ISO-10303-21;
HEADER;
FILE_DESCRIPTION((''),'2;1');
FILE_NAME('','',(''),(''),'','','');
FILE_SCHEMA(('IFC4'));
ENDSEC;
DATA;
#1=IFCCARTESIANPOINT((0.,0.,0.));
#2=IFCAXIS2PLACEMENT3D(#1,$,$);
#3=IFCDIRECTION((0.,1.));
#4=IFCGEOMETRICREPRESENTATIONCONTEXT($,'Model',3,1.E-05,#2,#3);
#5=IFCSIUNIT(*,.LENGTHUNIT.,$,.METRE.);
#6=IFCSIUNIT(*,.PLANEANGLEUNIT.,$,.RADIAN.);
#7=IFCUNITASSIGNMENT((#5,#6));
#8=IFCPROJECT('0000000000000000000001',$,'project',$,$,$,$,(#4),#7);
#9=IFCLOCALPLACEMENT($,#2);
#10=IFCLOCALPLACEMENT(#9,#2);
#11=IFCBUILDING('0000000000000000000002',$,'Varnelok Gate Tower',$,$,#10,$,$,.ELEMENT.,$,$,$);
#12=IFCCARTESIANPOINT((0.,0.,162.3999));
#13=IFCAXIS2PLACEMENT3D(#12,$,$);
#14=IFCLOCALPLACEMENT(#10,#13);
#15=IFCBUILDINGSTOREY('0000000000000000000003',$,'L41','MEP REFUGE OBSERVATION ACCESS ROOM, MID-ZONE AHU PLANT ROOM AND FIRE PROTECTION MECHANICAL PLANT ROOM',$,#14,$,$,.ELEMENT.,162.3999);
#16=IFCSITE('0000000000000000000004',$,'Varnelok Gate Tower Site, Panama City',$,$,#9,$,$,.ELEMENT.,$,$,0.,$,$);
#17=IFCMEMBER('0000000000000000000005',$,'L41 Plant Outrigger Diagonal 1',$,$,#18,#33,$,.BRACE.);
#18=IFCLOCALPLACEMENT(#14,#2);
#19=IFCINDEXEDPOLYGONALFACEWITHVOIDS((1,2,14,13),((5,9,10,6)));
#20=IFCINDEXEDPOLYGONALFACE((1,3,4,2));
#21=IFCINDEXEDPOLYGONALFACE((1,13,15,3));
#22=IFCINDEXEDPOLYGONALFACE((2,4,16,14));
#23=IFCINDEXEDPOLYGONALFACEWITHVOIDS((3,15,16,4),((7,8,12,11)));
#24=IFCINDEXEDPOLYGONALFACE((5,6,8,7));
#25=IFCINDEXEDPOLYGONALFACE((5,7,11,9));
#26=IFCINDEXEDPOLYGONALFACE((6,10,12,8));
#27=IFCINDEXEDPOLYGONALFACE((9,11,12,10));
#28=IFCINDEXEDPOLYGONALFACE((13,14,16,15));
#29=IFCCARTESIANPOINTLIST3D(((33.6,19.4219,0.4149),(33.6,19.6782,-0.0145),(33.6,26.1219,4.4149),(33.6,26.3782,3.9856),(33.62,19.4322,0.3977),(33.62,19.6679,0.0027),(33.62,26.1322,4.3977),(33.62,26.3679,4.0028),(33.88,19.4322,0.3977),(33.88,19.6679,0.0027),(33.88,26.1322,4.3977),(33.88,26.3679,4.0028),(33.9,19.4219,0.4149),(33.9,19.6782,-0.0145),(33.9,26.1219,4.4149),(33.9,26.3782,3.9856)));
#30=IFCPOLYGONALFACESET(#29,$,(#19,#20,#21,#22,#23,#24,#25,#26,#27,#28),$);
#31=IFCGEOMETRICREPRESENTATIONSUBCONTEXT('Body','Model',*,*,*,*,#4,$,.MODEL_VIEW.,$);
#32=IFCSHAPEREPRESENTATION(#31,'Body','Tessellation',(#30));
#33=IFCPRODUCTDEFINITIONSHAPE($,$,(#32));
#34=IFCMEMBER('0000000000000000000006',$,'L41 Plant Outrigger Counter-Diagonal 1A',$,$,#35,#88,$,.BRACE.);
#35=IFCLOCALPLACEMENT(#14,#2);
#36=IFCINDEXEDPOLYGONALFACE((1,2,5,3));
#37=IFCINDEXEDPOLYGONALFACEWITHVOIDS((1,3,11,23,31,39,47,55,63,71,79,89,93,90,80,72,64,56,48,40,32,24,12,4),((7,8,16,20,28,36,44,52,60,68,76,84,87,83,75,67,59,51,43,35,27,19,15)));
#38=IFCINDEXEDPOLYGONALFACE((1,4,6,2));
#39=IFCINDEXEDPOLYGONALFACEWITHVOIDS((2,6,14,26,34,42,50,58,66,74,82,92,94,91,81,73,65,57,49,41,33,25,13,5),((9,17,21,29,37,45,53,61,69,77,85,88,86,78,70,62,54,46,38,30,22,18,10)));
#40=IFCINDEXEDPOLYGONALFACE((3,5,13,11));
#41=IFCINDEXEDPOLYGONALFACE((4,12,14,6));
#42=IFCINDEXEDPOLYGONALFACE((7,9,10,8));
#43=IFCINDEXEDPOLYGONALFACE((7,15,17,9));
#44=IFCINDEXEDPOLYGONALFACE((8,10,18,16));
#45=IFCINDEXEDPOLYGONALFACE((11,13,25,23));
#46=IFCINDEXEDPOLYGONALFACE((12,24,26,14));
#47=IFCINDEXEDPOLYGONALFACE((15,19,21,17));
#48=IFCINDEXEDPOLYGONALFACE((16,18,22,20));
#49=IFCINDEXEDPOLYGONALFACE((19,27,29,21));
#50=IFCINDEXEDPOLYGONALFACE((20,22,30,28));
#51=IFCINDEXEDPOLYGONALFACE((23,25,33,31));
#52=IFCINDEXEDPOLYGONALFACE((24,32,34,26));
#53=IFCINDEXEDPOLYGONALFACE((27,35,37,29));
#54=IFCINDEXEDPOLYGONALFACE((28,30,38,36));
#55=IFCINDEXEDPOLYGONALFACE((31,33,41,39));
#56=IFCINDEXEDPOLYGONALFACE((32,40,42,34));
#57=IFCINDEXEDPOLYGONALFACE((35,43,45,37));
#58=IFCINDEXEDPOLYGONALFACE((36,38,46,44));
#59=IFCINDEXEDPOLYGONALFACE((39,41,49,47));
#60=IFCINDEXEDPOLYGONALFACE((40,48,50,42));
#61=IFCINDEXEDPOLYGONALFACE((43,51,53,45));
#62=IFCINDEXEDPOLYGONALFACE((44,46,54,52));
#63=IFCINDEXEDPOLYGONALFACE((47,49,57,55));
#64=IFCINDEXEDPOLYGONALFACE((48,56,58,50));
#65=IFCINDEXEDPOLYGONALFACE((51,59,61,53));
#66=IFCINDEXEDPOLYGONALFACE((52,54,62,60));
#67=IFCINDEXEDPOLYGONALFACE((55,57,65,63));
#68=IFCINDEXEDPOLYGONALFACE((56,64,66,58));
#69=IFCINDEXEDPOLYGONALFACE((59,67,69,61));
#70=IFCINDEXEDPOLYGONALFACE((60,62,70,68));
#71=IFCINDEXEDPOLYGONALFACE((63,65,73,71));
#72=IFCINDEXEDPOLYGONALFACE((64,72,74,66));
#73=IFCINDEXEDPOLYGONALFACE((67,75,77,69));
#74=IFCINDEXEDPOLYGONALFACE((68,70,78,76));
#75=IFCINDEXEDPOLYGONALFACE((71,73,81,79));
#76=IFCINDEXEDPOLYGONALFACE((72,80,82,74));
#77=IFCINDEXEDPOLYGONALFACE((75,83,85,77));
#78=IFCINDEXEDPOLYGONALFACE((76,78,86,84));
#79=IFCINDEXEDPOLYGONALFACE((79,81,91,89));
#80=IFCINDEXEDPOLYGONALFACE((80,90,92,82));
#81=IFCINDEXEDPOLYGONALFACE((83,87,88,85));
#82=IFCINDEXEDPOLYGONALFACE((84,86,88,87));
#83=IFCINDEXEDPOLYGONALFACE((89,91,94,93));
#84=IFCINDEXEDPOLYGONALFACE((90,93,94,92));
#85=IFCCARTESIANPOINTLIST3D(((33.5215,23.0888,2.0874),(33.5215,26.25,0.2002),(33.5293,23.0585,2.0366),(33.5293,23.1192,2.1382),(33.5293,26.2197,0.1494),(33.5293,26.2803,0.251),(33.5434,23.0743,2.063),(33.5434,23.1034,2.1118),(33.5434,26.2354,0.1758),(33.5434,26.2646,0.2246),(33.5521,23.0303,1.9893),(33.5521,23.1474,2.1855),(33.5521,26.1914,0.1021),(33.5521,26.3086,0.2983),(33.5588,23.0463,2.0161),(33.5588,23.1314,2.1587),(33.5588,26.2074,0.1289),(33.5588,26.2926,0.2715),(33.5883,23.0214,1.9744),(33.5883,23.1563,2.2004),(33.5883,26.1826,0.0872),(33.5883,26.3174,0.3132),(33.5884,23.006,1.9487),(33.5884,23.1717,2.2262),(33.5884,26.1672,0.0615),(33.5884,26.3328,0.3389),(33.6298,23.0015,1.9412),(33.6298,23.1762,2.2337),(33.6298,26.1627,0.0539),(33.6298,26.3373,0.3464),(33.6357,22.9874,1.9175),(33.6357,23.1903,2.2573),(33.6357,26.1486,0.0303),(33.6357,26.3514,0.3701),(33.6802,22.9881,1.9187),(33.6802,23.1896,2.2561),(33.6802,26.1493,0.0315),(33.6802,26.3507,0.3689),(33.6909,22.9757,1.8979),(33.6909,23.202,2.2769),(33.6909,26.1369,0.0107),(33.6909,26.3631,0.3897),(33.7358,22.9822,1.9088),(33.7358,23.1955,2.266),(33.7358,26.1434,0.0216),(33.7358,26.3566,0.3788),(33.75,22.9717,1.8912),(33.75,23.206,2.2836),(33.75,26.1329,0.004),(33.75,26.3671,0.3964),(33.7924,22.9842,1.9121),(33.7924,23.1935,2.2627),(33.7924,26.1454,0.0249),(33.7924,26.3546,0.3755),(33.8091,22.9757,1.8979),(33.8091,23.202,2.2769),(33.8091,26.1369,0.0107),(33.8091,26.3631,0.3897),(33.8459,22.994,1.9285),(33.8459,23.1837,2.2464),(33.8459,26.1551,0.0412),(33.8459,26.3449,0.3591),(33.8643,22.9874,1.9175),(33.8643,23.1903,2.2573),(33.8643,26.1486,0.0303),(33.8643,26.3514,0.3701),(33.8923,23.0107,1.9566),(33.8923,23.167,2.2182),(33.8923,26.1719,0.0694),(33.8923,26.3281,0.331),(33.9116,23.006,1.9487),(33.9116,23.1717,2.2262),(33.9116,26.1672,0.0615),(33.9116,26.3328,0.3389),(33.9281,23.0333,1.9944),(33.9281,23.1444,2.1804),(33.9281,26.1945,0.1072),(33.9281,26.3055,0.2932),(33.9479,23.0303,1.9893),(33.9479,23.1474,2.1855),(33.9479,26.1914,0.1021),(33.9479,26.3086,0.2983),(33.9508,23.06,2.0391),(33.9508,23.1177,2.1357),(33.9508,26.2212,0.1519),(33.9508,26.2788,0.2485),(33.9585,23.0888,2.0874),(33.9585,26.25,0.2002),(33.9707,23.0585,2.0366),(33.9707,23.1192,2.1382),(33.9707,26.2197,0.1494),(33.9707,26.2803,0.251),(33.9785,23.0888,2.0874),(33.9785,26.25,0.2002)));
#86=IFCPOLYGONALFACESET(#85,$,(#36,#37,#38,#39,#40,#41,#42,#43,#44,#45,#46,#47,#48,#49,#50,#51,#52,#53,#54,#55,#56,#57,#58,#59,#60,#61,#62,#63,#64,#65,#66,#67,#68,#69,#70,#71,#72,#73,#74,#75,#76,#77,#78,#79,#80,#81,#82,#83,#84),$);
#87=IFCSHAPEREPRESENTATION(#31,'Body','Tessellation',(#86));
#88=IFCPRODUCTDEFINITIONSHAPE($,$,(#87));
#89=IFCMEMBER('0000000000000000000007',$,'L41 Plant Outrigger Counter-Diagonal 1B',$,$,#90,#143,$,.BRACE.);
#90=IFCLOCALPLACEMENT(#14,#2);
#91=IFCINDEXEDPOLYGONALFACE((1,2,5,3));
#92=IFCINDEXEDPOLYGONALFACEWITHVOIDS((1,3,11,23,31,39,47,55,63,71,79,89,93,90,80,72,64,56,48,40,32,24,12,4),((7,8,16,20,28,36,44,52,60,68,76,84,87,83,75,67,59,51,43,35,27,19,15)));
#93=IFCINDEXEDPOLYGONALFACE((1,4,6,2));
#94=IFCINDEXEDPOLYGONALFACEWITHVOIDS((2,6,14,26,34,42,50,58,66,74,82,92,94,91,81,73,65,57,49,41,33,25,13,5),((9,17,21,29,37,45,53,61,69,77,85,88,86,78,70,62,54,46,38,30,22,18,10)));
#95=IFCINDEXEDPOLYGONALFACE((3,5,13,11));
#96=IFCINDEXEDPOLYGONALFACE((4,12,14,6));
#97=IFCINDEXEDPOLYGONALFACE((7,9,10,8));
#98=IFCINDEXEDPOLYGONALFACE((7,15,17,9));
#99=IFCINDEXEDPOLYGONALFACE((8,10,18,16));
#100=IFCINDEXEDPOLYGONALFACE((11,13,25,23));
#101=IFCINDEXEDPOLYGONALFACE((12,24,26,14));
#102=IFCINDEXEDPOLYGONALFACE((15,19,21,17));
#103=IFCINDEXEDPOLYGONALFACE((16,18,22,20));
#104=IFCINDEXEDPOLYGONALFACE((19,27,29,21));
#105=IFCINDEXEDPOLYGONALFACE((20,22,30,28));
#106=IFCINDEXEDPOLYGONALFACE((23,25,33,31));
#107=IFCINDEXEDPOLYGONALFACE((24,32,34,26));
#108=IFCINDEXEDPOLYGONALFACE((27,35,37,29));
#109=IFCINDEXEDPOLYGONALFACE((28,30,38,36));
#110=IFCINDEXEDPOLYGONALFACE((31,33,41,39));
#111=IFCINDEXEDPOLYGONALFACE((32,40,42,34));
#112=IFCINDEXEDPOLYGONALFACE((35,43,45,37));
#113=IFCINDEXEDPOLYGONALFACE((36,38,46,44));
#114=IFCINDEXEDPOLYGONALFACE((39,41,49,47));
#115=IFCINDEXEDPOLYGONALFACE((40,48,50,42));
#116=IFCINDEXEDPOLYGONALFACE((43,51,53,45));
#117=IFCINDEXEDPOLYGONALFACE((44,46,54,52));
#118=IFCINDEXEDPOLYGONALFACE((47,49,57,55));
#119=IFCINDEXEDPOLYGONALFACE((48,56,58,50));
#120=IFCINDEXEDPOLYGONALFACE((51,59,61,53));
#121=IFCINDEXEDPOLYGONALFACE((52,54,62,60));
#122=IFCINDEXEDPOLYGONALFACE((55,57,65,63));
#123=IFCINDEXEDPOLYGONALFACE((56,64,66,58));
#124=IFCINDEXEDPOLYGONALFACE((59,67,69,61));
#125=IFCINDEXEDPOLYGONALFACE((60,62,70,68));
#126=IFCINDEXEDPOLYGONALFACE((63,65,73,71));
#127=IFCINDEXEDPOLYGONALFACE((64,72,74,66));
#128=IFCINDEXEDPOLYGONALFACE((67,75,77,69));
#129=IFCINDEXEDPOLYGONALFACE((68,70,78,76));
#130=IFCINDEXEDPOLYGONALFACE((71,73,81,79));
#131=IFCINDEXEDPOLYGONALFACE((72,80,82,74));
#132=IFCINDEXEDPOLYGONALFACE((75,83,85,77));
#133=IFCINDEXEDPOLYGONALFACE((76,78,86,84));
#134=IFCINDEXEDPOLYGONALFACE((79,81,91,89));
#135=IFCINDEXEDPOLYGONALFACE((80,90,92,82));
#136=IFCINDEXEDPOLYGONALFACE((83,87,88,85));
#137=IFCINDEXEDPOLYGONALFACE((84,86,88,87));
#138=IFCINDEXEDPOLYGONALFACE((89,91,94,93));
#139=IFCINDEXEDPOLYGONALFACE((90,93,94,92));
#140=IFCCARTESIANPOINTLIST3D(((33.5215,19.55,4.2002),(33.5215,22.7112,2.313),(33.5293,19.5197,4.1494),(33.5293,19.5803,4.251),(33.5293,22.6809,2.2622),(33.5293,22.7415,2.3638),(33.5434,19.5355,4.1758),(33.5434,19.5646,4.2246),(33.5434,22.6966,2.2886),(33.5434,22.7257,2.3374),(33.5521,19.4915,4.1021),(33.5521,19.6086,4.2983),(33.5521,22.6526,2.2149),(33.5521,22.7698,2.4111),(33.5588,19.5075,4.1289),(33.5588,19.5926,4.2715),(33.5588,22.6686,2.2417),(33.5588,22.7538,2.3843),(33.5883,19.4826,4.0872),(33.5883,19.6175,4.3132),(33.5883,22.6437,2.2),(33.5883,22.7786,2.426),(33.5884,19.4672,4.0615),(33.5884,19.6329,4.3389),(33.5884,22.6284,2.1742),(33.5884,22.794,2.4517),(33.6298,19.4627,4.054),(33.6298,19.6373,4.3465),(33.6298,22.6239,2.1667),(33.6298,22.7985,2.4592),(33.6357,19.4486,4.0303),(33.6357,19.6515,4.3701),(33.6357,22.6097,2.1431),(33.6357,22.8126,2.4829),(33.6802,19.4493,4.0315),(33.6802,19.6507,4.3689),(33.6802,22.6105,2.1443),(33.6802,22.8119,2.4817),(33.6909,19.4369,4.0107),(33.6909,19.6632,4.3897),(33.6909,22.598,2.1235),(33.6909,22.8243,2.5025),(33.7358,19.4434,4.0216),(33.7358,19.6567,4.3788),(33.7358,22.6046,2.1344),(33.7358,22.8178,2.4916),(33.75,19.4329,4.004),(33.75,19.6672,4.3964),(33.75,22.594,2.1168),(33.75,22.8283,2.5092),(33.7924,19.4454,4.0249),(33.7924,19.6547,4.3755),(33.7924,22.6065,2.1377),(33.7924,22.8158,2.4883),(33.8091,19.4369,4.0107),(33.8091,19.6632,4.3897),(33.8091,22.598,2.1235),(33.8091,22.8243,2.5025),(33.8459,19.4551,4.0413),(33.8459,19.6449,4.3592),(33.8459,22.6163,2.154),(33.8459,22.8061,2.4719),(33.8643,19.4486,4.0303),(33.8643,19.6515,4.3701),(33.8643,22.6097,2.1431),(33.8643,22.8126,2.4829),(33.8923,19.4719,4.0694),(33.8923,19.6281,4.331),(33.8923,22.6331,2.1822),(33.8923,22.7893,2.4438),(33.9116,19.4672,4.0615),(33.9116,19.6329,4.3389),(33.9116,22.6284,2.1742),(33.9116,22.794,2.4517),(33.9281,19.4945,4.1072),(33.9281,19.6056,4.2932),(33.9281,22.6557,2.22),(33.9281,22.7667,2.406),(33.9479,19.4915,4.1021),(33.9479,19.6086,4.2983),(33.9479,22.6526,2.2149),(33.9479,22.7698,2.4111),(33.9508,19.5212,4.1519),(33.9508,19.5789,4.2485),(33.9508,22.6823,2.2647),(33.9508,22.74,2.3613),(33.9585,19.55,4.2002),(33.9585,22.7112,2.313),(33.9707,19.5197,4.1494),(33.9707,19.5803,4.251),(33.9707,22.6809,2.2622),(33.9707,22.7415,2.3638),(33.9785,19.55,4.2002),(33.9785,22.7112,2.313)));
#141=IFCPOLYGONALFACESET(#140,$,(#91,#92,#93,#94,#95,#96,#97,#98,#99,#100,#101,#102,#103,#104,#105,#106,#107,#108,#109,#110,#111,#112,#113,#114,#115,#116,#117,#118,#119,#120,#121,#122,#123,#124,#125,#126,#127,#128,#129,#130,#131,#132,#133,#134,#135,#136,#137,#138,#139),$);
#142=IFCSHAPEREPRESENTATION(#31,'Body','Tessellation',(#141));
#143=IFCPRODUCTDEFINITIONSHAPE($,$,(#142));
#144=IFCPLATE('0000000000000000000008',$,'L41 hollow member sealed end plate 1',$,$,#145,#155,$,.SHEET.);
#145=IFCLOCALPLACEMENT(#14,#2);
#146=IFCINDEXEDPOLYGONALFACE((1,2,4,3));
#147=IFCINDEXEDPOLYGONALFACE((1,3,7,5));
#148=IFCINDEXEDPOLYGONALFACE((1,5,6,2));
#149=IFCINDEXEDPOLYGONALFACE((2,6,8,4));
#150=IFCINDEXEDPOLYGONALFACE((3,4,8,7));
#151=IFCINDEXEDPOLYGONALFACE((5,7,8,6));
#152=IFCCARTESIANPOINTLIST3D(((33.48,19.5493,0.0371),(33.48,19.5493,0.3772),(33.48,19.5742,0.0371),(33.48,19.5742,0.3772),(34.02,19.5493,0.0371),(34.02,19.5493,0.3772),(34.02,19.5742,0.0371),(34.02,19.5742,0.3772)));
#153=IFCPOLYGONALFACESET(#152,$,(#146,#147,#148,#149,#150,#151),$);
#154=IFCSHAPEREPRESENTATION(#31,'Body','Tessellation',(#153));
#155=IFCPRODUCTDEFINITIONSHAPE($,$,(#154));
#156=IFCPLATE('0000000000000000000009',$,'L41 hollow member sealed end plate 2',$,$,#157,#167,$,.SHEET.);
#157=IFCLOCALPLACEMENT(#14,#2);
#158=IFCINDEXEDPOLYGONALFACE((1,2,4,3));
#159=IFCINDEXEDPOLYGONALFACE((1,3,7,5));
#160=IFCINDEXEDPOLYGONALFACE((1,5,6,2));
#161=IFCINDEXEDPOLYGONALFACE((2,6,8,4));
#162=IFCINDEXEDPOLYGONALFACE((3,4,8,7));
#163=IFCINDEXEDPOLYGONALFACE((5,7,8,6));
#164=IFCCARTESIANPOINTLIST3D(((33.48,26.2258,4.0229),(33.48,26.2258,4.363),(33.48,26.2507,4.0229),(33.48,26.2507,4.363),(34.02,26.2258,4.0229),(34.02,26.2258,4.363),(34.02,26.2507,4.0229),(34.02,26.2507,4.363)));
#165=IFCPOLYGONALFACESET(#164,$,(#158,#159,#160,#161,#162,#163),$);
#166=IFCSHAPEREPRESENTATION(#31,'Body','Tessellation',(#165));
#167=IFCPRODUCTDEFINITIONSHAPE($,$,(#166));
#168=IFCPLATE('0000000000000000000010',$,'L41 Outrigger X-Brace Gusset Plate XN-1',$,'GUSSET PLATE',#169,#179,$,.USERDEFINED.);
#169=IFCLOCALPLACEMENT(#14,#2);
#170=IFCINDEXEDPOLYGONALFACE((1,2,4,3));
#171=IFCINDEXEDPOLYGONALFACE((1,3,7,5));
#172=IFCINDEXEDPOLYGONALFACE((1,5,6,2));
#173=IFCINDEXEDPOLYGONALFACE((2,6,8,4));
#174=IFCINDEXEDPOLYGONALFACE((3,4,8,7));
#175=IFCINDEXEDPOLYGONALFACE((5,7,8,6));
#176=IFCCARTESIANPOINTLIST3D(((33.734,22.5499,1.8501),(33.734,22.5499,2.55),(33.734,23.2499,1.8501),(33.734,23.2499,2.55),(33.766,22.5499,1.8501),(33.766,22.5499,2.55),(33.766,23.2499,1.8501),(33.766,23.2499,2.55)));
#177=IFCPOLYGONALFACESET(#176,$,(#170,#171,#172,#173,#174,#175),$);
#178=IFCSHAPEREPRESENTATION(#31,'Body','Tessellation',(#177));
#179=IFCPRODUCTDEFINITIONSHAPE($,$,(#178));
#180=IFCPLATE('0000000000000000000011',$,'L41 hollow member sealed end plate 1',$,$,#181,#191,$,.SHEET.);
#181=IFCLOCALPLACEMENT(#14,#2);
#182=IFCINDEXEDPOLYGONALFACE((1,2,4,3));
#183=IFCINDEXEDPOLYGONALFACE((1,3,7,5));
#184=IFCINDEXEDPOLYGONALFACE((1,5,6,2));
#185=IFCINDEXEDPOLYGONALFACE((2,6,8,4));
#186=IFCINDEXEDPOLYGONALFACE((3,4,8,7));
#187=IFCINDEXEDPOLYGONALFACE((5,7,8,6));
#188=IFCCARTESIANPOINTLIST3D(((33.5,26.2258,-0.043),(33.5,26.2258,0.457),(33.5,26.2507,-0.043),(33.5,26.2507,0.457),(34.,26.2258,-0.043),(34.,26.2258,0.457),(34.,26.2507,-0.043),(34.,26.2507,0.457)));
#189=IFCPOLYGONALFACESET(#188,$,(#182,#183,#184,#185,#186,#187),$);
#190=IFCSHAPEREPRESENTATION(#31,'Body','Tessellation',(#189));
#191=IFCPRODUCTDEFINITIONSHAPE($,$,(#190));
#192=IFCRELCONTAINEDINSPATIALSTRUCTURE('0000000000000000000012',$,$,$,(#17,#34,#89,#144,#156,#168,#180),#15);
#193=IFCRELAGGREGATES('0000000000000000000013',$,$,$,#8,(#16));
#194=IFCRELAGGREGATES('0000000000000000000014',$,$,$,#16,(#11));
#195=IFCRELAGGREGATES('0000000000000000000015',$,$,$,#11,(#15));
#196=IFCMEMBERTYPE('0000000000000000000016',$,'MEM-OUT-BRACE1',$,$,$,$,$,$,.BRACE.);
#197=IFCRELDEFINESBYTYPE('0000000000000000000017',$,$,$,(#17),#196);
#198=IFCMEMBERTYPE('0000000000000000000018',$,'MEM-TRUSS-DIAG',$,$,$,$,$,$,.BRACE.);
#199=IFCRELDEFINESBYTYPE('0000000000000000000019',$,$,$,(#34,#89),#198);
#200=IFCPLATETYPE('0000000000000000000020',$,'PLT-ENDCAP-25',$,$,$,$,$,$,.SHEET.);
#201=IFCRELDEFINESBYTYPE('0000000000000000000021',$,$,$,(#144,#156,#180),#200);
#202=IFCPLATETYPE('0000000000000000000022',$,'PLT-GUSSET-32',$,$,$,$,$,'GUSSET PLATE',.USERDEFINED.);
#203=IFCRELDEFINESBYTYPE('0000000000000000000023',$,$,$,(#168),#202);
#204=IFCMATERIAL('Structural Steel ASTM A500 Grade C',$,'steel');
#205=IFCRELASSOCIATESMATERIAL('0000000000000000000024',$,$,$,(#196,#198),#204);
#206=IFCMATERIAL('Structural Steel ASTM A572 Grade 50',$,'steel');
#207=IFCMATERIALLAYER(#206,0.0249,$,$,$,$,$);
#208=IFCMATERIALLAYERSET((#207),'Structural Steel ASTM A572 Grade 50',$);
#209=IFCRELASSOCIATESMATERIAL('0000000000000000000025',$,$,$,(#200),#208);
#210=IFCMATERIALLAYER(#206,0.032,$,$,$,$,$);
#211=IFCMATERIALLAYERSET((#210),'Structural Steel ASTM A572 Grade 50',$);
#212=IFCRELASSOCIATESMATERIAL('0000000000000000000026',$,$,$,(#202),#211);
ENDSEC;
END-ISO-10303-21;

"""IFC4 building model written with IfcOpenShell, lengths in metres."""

from ifc_helpers import new_model, si_unit, direction, frame, origin, origin_2d, place, context, subcontext, project, spatial, rectangle, hollow_rectangle, hollow_circle, extrude, source, transform, mapped, material, layer, layer_set, material_profile, profile_set, type_object, element, save


model = new_model("IFC4")

# Units and contexts
model_context = context("Model", 3, precision=1e-05, world=origin(), true_north=direction((0.0, 1.0)))
body_context = subcontext(model_context, "Body", "Model", "MODEL_VIEW")
ifc_project = project(units=[si_unit("LENGTHUNIT", "METRE"), si_unit("PLANEANGLEUNIT", "RADIAN")], contexts=[model_context])

# Site, building, storey
site_placement = place(None, origin())
site = spatial("IfcSite", under=ifc_project, at=site_placement, Name="Varnelok Gate Tower Site, Panama City", CompositionType="ELEMENT", RefElevation=0.0)
building_placement = place(site_placement, origin())
building = spatial("IfcBuilding", under=site, at=building_placement, Name="Varnelok Gate Tower", CompositionType="ELEMENT")
storey_placement = place(building_placement, frame((0.0, 0.0, 162.3999)))
storey = spatial("IfcBuildingStorey", under=building, at=storey_placement, Name="L41", Description="MEP REFUGE OBSERVATION ACCESS ROOM, MID-ZONE AHU PLANT ROOM AND FIRE PROTECTION MECHANICAL PLANT ROOM", CompositionType="ELEMENT", Elevation=162.3999)

# Shared definitions
ifc_material_1 = material(Name="Structural Steel ASTM A572 Grade 50", Category="steel")

# Members
ifc_material_2 = material(Name="Structural Steel ASTM A500 Grade C", Category="steel")
ifc_material_profile_1 = material_profile(ifc_material_2, hollow_rectangle(XDim=0.3, YDim=0.5, WallThickness=0.02, at=origin_2d()), Name="HSS500X300X20")
ifc_profile_set_1 = profile_set([ifc_material_profile_1], Name="Structural Steel ASTM A500 Grade C")
member_type_1 = type_object("IfcMemberType", Name="MEM-OUT-BRACE1", PredefinedType="BRACE", material=ifc_profile_set_1)
member_placement = place(storey_placement, frame((33.75, 19.55, 0.2002), z_axis=(0.0, 0.85862, 0.512613), x_axis=(-1.0, 0.0, 0.0)))
element("IfcMember", 1, at=member_placement, inside=storey, type_object=member_type_1, Name="L41 Plant Outrigger Diagonal 1", PredefinedType="BRACE", context=body_context, shape_type="SweptSolid", body=[
    extrude(hollow_rectangle(XDim=0.3, YDim=0.5, WallThickness=0.02, at=origin_2d()), origin(), (0.0, 0.0, 1.0), 7.8032),
])
ifc_material_profile_2 = material_profile(ifc_material_2, hollow_circle(Radius=0.2285, WallThickness=0.02, at=origin_2d()), Name="CHS457X20")
ifc_profile_set_2 = profile_set([ifc_material_profile_2], Name="Structural Steel ASTM A500 Grade C")
member_type_2 = type_object("IfcMemberType", Name="MEM-TRUSS-DIAG", PredefinedType="BRACE", material=ifc_profile_set_2)
for number, where, z_axis, x_axis, name in (
    (2, (33.75, 26.25, 0.2002), (0.0, -0.858626, 0.512603), (1.0, 0.0, 0.0), "L41 Plant Outrigger Counter-Diagonal 1A"),
    (3, (33.75, 22.7112, 2.313), (0.0, -0.858626, 0.512603), (1.0, 0.0, 0.0), "L41 Plant Outrigger Counter-Diagonal 1B"),
):
    element("IfcMember", number, at=place(storey_placement, frame(where, z_axis=z_axis, x_axis=x_axis)), inside=storey, type_object=member_type_2, Name=name, PredefinedType="BRACE", context=body_context, shape_type="SweptSolid", body=[
        extrude(hollow_circle(Radius=0.2285, WallThickness=0.02, at=origin_2d()), origin(), (0.0, 0.0, 1.0), 3.6816),
    ])

# Plates
ifc_layer_1 = layer(ifc_material_1, 0.0249)
ifc_layer_set_1 = layer_set([ifc_layer_1], Name="Structural Steel ASTM A572 Grade 50")
plate_type_1 = type_object("IfcPlateType", Name="PLT-ENDCAP-25", PredefinedType="SHEET", material=ifc_layer_set_1)
shared_shape_1 = source(origin(), body_context, "Body", "SweptSolid", [
    extrude(rectangle(XDim=0.0249, YDim=0.54, at=origin_2d()), origin(), (0.0, 0.0, 1.0), 0.3401),
])
for number, where, z_axis, x_axis, name in (
    (4, (33.75, 19.5618, 0.0371), (0.0, 0.0, 1.0), (0.0, 1.0, 0.0), "L41 hollow member sealed end plate 1"),
    (5, (33.75, 26.2383, 4.0229), (0.0, 0.0, 1.0), (0.0, 1.0, 0.0), "L41 hollow member sealed end plate 2"),
):
    element("IfcPlate", number, at=place(storey_placement, frame(where, z_axis=z_axis, x_axis=x_axis)), inside=storey, type_object=plate_type_1, Name=name, PredefinedType="SHEET", context=body_context, shape_type="MappedRepresentation", body=[
        mapped(shared_shape_1, transform((0.0, 0.0, 0.0), scale=1.0)),
    ])
ifc_layer_2 = layer(ifc_material_1, 0.032)
ifc_layer_set_2 = layer_set([ifc_layer_2], Name="Structural Steel ASTM A572 Grade 50")
plate_type_2 = type_object("IfcPlateType", Name="PLT-GUSSET-32", ElementType="GUSSET PLATE", PredefinedType="USERDEFINED", material=ifc_layer_set_2)
shared_shape_2 = source(origin(), body_context, "Body", "SweptSolid", [
    extrude(rectangle(XDim=0.7, YDim=0.032, at=origin_2d()), origin(), (0.0, 0.0, 1.0), 0.7),
])
plate_placement = place(storey_placement, frame((33.75, 22.8999, 1.8501), z_axis=(0.0, 0.0, 1.0), x_axis=(0.0, -1.0, 0.0)))
element("IfcPlate", 6, at=plate_placement, inside=storey, type_object=plate_type_2, Name="L41 Outrigger X-Brace Gusset Plate XN-1", ObjectType="GUSSET PLATE", PredefinedType="USERDEFINED", context=body_context, shape_type="MappedRepresentation", body=[
    mapped(shared_shape_2, transform((0.0, 0.0, 0.0), scale=1.0)),
])
shared_shape_3 = source(origin(), body_context, "Body", "SweptSolid", [
    extrude(rectangle(XDim=0.0249, YDim=0.5, at=origin_2d()), origin(), (0.0, 0.0, 1.0), 0.5),
])
for number, where, z_axis, x_axis, name in (
    (7, (33.75, 26.2383, -0.043), (0.0, 0.0, 1.0), (0.0, -1.0, 0.0), "L41 hollow member sealed end plate 1"),
):
    element("IfcPlate", number, at=place(storey_placement, frame(where, z_axis=z_axis, x_axis=x_axis)), inside=storey, type_object=plate_type_1, Name=name, PredefinedType="SHEET", context=body_context, shape_type="MappedRepresentation", body=[
        mapped(shared_shape_3, transform((0.0, 0.0, 0.0), scale=1.0)),
    ])

save(model, "model.ifc")
